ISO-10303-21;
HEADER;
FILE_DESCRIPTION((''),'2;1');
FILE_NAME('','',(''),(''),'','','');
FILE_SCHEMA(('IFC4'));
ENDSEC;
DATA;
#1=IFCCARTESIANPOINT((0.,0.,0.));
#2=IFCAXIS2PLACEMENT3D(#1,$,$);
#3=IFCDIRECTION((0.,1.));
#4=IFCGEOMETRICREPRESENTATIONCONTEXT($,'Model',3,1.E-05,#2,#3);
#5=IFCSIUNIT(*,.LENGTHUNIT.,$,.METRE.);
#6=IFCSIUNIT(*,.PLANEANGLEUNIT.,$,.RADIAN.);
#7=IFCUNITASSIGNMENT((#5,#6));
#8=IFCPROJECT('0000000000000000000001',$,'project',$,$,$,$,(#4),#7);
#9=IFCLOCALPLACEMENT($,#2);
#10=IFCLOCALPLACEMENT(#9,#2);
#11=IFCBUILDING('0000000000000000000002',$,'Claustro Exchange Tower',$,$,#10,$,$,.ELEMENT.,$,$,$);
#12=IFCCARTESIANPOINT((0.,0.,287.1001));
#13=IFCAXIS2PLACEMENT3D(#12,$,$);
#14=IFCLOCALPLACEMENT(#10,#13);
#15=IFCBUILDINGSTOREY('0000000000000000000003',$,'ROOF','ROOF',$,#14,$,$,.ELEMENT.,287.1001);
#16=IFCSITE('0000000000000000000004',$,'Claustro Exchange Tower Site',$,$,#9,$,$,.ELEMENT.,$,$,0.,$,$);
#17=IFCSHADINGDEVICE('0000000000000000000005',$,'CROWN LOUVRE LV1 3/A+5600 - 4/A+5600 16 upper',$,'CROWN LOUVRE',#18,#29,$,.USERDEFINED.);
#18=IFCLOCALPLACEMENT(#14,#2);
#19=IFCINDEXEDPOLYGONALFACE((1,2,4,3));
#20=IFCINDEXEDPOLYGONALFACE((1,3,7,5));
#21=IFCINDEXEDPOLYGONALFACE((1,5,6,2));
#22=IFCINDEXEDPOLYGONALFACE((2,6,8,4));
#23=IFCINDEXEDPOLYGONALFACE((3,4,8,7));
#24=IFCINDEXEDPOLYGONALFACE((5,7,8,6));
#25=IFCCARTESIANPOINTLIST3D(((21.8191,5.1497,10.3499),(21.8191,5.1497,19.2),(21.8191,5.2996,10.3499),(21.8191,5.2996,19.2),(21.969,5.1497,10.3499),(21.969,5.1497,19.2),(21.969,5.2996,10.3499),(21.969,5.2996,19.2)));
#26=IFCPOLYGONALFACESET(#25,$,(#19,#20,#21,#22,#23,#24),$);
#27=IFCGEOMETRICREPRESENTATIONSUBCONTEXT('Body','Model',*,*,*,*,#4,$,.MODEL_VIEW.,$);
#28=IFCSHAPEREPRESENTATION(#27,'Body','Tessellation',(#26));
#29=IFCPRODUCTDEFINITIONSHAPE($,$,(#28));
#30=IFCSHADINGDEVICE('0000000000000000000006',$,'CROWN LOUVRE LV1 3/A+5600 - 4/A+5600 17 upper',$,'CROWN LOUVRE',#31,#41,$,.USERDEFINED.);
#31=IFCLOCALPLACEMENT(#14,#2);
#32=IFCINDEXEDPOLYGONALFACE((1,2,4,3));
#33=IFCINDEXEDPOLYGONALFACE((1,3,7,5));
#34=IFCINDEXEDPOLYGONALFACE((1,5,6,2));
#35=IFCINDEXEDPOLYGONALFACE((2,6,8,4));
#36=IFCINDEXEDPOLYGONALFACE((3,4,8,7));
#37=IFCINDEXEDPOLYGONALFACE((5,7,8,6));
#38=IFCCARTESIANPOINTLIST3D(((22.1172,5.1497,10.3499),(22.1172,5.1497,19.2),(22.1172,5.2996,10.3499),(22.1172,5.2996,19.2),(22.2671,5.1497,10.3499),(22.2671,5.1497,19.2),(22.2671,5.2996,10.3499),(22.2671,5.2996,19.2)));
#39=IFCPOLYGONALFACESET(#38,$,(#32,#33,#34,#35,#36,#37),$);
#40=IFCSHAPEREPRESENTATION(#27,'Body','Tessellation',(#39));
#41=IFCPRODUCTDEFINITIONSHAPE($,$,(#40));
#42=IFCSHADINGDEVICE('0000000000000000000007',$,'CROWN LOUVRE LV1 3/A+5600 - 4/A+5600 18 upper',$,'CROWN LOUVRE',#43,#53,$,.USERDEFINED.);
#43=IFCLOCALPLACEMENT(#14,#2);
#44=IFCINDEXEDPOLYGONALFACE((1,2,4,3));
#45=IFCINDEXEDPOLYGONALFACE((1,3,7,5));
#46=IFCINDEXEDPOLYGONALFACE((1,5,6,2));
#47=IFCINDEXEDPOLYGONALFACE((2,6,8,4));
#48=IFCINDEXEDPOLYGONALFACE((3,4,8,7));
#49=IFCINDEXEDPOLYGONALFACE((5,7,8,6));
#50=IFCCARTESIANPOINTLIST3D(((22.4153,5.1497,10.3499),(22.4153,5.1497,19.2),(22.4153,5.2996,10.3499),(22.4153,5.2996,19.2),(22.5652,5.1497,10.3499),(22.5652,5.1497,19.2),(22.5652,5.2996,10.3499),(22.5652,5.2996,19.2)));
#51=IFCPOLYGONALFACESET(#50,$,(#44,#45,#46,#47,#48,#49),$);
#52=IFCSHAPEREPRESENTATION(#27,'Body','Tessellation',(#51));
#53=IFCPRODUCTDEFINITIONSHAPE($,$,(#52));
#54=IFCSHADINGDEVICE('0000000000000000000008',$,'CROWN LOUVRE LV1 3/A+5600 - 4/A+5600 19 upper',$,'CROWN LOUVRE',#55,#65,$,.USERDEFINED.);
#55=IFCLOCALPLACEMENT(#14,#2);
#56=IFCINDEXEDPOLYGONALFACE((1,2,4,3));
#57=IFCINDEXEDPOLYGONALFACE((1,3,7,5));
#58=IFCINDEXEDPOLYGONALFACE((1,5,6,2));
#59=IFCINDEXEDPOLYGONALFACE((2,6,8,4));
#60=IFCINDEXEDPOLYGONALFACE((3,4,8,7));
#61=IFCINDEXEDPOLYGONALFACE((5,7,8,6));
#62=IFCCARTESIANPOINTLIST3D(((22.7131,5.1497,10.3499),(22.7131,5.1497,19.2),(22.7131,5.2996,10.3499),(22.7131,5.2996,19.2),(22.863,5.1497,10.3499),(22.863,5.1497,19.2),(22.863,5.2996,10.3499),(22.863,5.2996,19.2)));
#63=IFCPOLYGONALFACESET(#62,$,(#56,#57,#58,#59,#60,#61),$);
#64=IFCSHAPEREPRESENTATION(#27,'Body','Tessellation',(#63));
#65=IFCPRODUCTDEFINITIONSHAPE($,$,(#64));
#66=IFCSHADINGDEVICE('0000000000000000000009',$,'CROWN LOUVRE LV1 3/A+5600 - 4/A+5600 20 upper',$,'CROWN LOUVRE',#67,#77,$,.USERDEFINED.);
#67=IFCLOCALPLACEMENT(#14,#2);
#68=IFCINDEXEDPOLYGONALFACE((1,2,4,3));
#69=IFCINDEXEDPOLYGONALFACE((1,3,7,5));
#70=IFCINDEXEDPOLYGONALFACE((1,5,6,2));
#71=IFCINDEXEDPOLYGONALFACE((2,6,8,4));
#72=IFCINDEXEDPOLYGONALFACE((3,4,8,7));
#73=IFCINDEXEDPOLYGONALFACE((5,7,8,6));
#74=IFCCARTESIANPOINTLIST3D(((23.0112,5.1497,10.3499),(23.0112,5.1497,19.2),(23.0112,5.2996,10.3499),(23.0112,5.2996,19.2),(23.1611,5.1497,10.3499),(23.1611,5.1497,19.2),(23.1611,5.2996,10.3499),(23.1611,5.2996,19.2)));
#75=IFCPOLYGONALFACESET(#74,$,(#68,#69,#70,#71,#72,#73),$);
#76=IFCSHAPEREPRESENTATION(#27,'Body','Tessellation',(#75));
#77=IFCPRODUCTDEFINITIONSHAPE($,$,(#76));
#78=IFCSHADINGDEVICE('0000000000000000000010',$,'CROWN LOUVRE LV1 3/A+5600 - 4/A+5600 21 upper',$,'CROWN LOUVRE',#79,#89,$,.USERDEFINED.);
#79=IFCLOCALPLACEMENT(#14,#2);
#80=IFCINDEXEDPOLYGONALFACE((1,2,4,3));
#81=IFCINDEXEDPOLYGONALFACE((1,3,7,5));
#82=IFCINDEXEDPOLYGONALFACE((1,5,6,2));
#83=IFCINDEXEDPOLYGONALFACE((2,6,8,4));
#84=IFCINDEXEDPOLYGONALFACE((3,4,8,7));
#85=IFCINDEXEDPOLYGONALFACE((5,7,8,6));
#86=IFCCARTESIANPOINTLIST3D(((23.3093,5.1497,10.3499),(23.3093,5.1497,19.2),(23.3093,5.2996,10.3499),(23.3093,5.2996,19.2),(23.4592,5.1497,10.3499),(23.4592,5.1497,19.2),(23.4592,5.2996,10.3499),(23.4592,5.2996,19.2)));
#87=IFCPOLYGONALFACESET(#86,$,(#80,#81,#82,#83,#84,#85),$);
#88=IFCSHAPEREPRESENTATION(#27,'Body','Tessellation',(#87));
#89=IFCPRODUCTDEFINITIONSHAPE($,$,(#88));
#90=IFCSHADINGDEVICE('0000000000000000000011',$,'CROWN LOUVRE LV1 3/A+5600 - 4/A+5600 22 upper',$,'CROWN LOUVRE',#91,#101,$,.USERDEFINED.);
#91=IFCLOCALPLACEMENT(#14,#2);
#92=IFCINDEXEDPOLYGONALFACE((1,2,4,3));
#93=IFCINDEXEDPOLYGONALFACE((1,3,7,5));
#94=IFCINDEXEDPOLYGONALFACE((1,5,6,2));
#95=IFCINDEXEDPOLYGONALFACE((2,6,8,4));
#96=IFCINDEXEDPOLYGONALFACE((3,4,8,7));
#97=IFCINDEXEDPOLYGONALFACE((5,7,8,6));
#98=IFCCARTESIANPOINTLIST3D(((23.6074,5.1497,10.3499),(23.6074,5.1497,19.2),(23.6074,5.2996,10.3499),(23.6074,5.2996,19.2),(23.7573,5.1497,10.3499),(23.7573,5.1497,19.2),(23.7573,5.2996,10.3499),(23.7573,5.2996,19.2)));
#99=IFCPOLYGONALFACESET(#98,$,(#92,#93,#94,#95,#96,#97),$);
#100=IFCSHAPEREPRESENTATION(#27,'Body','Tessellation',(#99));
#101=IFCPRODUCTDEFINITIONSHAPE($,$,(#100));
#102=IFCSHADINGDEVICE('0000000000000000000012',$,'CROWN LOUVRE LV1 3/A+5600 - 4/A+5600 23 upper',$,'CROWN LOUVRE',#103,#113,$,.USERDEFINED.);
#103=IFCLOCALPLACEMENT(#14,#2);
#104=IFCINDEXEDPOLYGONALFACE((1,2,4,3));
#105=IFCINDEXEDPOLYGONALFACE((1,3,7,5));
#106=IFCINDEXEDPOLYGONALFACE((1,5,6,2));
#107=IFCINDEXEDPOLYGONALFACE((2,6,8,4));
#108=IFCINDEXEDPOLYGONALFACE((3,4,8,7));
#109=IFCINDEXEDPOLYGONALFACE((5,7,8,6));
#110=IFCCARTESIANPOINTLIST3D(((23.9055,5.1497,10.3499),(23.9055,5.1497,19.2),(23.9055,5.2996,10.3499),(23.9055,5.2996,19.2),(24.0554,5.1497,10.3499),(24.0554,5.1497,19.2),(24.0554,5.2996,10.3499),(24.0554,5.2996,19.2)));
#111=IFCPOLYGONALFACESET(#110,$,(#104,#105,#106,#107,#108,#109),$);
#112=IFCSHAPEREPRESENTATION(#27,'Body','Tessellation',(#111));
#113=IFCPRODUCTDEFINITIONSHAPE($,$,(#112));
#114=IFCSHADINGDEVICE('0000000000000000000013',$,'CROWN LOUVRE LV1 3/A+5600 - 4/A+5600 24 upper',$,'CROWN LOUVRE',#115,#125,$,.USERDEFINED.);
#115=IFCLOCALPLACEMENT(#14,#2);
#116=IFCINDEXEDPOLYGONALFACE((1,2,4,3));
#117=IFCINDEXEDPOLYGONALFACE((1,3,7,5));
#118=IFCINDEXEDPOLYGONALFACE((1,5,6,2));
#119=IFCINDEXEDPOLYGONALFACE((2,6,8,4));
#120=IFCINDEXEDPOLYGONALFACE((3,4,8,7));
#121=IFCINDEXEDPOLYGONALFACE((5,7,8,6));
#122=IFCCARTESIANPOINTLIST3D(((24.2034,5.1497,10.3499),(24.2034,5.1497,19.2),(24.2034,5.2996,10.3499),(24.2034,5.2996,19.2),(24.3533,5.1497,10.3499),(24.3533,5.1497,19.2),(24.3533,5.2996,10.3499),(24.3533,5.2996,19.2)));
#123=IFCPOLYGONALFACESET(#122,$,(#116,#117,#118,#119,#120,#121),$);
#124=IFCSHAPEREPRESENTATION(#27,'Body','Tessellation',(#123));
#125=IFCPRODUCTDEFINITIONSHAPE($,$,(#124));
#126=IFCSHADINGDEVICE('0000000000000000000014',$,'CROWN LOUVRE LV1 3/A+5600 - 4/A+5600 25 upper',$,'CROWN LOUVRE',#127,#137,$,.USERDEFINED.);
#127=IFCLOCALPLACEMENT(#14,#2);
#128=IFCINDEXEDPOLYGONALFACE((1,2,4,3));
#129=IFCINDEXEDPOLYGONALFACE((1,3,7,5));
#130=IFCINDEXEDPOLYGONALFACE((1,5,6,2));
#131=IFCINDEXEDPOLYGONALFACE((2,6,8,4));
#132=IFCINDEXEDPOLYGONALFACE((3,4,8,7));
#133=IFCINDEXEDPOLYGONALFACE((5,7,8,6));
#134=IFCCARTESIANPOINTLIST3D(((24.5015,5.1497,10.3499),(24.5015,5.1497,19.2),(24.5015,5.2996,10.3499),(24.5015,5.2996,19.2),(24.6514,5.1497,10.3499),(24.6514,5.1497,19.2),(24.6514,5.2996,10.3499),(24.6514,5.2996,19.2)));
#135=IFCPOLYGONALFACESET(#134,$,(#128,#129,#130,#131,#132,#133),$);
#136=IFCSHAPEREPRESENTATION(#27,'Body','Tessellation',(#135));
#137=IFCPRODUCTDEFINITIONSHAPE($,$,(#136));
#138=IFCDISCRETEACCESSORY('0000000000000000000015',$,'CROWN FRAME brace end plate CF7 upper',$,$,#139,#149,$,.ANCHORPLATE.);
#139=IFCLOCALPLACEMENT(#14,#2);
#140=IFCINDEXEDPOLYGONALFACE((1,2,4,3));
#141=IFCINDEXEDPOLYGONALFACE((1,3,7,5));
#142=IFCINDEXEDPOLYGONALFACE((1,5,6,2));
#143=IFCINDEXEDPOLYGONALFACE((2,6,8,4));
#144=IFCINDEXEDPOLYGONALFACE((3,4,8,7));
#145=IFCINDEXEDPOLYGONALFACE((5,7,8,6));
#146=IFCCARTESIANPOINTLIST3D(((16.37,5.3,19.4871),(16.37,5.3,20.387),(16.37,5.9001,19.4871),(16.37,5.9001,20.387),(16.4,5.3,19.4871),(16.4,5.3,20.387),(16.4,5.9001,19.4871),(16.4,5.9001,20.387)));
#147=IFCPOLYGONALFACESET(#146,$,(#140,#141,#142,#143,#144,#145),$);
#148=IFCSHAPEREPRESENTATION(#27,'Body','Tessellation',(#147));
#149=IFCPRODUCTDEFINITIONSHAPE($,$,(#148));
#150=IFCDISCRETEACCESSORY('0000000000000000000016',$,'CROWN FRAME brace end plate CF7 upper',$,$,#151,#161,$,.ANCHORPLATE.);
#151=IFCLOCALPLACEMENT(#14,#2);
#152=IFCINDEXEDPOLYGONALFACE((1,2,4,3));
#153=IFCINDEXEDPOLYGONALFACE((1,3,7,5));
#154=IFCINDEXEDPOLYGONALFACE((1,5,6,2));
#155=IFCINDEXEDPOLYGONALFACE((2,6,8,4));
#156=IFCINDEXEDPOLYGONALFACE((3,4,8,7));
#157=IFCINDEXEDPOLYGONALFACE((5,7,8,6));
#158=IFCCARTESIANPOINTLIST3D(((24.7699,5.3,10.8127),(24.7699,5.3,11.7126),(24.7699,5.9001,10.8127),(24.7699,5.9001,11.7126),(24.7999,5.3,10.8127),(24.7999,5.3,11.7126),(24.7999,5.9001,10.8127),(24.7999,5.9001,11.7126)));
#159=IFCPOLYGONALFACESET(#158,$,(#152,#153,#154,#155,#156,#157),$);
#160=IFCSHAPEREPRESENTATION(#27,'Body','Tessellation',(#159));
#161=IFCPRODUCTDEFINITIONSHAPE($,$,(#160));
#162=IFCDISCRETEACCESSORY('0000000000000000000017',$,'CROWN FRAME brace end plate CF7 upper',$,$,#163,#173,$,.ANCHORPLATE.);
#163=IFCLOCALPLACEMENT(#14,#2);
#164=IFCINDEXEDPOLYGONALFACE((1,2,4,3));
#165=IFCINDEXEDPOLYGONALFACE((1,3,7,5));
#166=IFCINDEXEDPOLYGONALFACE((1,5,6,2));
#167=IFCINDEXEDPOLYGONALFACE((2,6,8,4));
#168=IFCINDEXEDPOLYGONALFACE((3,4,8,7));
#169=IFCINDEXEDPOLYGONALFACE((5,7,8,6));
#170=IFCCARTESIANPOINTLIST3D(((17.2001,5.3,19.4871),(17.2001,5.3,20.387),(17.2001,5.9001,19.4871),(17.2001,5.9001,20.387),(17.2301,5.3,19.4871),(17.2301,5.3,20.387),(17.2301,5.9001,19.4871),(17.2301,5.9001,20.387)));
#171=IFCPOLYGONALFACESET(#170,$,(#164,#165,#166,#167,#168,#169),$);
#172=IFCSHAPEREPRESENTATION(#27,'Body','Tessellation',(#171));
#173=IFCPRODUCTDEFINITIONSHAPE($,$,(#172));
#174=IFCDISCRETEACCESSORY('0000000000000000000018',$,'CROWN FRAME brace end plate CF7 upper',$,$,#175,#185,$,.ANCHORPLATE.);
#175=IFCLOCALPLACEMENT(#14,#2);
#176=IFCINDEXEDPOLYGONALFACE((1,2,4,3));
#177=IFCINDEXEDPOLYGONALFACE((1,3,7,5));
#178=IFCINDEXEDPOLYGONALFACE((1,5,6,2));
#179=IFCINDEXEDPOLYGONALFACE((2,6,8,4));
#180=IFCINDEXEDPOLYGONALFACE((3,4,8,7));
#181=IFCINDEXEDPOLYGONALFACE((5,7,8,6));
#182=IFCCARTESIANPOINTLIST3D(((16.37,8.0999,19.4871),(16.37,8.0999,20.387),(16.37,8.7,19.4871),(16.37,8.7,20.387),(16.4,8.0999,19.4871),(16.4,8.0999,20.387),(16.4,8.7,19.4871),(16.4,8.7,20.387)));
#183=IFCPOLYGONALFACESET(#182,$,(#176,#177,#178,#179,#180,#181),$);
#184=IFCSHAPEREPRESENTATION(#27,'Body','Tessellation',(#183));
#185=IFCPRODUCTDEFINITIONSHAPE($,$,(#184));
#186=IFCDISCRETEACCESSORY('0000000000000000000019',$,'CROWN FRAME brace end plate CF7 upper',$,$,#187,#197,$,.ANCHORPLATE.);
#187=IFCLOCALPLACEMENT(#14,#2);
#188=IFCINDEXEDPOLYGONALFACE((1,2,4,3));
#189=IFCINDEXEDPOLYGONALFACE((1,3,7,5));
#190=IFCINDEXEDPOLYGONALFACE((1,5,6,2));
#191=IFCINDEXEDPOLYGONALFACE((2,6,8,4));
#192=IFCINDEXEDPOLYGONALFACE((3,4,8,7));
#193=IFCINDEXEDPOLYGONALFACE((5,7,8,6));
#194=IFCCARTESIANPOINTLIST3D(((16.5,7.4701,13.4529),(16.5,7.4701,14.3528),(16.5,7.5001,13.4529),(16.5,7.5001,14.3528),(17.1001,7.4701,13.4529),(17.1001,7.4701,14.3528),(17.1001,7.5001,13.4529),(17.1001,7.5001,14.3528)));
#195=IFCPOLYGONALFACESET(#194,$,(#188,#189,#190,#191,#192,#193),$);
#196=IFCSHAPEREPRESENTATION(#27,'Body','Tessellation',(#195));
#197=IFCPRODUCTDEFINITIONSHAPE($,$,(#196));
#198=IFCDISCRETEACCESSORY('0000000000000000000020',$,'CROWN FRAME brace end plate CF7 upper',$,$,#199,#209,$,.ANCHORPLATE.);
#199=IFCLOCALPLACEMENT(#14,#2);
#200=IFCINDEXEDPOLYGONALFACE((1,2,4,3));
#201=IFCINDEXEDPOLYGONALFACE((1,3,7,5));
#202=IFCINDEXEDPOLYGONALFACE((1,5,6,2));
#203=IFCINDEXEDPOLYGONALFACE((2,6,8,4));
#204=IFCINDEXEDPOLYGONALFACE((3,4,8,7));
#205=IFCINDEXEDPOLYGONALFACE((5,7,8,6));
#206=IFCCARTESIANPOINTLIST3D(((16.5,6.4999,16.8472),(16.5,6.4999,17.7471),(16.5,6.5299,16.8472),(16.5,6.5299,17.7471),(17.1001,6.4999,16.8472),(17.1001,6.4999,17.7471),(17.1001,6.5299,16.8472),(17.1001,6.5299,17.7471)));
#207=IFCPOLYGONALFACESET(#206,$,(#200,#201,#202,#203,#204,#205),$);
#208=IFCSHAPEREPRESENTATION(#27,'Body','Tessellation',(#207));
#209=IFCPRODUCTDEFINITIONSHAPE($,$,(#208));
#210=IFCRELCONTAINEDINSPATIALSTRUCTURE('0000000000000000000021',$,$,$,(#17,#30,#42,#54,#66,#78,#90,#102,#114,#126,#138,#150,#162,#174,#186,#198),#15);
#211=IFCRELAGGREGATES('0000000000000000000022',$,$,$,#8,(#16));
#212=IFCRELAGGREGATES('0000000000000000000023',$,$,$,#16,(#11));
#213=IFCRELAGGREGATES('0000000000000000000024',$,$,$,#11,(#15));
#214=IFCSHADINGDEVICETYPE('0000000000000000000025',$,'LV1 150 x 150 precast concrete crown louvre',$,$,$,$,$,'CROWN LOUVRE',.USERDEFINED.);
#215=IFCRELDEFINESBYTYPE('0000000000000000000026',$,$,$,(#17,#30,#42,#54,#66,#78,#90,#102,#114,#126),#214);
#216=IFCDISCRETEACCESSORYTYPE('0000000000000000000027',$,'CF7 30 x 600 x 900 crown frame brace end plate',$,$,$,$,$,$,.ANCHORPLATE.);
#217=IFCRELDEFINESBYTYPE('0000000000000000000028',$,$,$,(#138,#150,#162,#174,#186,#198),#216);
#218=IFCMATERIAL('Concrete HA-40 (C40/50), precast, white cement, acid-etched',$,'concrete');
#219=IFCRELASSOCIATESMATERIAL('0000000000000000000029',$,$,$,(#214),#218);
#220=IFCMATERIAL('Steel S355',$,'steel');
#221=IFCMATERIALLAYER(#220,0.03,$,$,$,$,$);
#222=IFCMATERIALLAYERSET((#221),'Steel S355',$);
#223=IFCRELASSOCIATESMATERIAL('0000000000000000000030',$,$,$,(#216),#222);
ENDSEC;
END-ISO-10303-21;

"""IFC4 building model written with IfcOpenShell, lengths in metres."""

from ifc_helpers import new_model, si_unit, direction, frame, origin, origin_2d, place, context, subcontext, project, spatial, rectangle, extrude, material, layer, layer_set, type_object, element, save


model = new_model("IFC4")

# Units and contexts
model_context = context("Model", 3, precision=1e-05, world=origin(), true_north=direction((0.0, 1.0)))
body_context = subcontext(model_context, "Body", "Model", "MODEL_VIEW")
ifc_project = project(units=[si_unit("LENGTHUNIT", "METRE"), si_unit("PLANEANGLEUNIT", "RADIAN")], contexts=[model_context])

# Site, building, storey
site_placement = place(None, origin())
site = spatial("IfcSite", under=ifc_project, at=site_placement, Name="Claustro Exchange Tower Site", CompositionType="ELEMENT", RefElevation=0.0)
building_placement = place(site_placement, origin())
building = spatial("IfcBuilding", under=site, at=building_placement, Name="Claustro Exchange Tower", CompositionType="ELEMENT")
storey_placement = place(building_placement, frame((0.0, 0.0, 287.1001)))
storey = spatial("IfcBuildingStorey", under=building, at=storey_placement, Name="ROOF", Description="ROOF", CompositionType="ELEMENT", Elevation=287.1001)

# Shading devices
ifc_material_1 = material(Name="Concrete HA-40 (C40/50), precast, white cement, acid-etched", Category="concrete")
shading_device_type = type_object("IfcShadingDeviceType", Name="LV1 150 x 150 precast concrete crown louvre", ElementType="CROWN LOUVRE", PredefinedType="USERDEFINED", material=ifc_material_1)
for number, where, z_axis, x_axis, name in (
    (1, (21.894, 5.2246, 10.3499), (0.0, 0.0, 1.0), (1.0, 0.0, 0.0), "CROWN LOUVRE LV1 3/A+5600 - 4/A+5600 16 upper"),
    (2, (22.1921, 5.2246, 10.3499), (0.0, 0.0, 1.0), (1.0, 0.0, 0.0), "CROWN LOUVRE LV1 3/A+5600 - 4/A+5600 17 upper"),
    (3, (22.4902, 5.2246, 10.3499), (0.0, 0.0, 1.0), (1.0, 0.0, 0.0), "CROWN LOUVRE LV1 3/A+5600 - 4/A+5600 18 upper"),
    (4, (22.7881, 5.2246, 10.3499), (0.0, 0.0, 1.0), (1.0, 0.0, 0.0), "CROWN LOUVRE LV1 3/A+5600 - 4/A+5600 19 upper"),
    (5, (23.0862, 5.2246, 10.3499), (0.0, 0.0, 1.0), (1.0, 0.0, 0.0), "CROWN LOUVRE LV1 3/A+5600 - 4/A+5600 20 upper"),
    (6, (23.3843, 5.2246, 10.3499), (0.0, 0.0, 1.0), (1.0, 0.0, 0.0), "CROWN LOUVRE LV1 3/A+5600 - 4/A+5600 21 upper"),
    (7, (23.6824, 5.2246, 10.3499), (0.0, 0.0, 1.0), (1.0, 0.0, 0.0), "CROWN LOUVRE LV1 3/A+5600 - 4/A+5600 22 upper"),
    (8, (23.9805, 5.2246, 10.3499), (0.0, 0.0, 1.0), (1.0, 0.0, 0.0), "CROWN LOUVRE LV1 3/A+5600 - 4/A+5600 23 upper"),
    (9, (24.2783, 5.2246, 10.3499), (0.0, 0.0, 1.0), (1.0, 0.0, 0.0), "CROWN LOUVRE LV1 3/A+5600 - 4/A+5600 24 upper"),
    (10, (24.5764, 5.2246, 10.3499), (0.0, 0.0, 1.0), (1.0, 0.0, 0.0), "CROWN LOUVRE LV1 3/A+5600 - 4/A+5600 25 upper"),
):
    element("IfcShadingDevice", number, at=place(storey_placement, frame(where, z_axis=z_axis, x_axis=x_axis)), inside=storey, type_object=shading_device_type, Name=name, ObjectType="CROWN LOUVRE", PredefinedType="USERDEFINED", context=body_context, shape_type="SweptSolid", body=[
        extrude(rectangle(XDim=0.1499, YDim=0.1499, at=origin_2d()), origin(), (0.0, 0.0, 1.0), 8.8501),
    ])

# Discrete accessories
ifc_material_2 = material(Name="Steel S355", Category="steel")
ifc_layer_1 = layer(ifc_material_2, 0.03)
ifc_layer_set_1 = layer_set([ifc_layer_1], Name="Steel S355")
discrete_accessory_type = type_object("IfcDiscreteAccessoryType", Name="CF7 30 x 600 x 900 crown frame brace end plate", PredefinedType="ANCHORPLATE", material=ifc_layer_set_1)
for number, where, z_axis, x_axis, name in (
    (11, (16.385, 5.6001, 19.4871), (0.0, 0.0, 1.0), (1.0, 0.0, 0.0), "CROWN FRAME brace end plate CF7 upper"),
    (12, (24.7849, 5.6001, 10.8127), (0.0, 0.0, 1.0), (-1.0, 0.0, 0.0), "CROWN FRAME brace end plate CF7 upper"),
    (13, (17.2151, 5.6001, 19.4871), (0.0, 0.0, 1.0), (-1.0, 0.0, 0.0), "CROWN FRAME brace end plate CF7 upper"),
    (14, (16.385, 8.3999, 19.4871), (0.0, 0.0, 1.0), (1.0, 0.0, 0.0), "CROWN FRAME brace end plate CF7 upper"),
    (15, (16.8, 7.4851, 13.4529), (0.0, 0.0, 1.0), (0.0, -1.0, 0.0), "CROWN FRAME brace end plate CF7 upper"),
    (16, (16.8, 6.5149, 16.8472), (0.0, 0.0, 1.0), (0.0, -1.0, 0.0), "CROWN FRAME brace end plate CF7 upper"),
):
    element("IfcDiscreteAccessory", number, at=place(storey_placement, frame(where, z_axis=z_axis, x_axis=x_axis)), inside=storey, type_object=discrete_accessory_type, Name=name, PredefinedType="ANCHORPLATE", context=body_context, shape_type="SweptSolid", body=[
        extrude(rectangle(XDim=0.03, YDim=0.6001, at=origin_2d()), origin(), (0.0, 0.0, 1.0), 0.8999),
    ])

save(model, "model.ifc")
